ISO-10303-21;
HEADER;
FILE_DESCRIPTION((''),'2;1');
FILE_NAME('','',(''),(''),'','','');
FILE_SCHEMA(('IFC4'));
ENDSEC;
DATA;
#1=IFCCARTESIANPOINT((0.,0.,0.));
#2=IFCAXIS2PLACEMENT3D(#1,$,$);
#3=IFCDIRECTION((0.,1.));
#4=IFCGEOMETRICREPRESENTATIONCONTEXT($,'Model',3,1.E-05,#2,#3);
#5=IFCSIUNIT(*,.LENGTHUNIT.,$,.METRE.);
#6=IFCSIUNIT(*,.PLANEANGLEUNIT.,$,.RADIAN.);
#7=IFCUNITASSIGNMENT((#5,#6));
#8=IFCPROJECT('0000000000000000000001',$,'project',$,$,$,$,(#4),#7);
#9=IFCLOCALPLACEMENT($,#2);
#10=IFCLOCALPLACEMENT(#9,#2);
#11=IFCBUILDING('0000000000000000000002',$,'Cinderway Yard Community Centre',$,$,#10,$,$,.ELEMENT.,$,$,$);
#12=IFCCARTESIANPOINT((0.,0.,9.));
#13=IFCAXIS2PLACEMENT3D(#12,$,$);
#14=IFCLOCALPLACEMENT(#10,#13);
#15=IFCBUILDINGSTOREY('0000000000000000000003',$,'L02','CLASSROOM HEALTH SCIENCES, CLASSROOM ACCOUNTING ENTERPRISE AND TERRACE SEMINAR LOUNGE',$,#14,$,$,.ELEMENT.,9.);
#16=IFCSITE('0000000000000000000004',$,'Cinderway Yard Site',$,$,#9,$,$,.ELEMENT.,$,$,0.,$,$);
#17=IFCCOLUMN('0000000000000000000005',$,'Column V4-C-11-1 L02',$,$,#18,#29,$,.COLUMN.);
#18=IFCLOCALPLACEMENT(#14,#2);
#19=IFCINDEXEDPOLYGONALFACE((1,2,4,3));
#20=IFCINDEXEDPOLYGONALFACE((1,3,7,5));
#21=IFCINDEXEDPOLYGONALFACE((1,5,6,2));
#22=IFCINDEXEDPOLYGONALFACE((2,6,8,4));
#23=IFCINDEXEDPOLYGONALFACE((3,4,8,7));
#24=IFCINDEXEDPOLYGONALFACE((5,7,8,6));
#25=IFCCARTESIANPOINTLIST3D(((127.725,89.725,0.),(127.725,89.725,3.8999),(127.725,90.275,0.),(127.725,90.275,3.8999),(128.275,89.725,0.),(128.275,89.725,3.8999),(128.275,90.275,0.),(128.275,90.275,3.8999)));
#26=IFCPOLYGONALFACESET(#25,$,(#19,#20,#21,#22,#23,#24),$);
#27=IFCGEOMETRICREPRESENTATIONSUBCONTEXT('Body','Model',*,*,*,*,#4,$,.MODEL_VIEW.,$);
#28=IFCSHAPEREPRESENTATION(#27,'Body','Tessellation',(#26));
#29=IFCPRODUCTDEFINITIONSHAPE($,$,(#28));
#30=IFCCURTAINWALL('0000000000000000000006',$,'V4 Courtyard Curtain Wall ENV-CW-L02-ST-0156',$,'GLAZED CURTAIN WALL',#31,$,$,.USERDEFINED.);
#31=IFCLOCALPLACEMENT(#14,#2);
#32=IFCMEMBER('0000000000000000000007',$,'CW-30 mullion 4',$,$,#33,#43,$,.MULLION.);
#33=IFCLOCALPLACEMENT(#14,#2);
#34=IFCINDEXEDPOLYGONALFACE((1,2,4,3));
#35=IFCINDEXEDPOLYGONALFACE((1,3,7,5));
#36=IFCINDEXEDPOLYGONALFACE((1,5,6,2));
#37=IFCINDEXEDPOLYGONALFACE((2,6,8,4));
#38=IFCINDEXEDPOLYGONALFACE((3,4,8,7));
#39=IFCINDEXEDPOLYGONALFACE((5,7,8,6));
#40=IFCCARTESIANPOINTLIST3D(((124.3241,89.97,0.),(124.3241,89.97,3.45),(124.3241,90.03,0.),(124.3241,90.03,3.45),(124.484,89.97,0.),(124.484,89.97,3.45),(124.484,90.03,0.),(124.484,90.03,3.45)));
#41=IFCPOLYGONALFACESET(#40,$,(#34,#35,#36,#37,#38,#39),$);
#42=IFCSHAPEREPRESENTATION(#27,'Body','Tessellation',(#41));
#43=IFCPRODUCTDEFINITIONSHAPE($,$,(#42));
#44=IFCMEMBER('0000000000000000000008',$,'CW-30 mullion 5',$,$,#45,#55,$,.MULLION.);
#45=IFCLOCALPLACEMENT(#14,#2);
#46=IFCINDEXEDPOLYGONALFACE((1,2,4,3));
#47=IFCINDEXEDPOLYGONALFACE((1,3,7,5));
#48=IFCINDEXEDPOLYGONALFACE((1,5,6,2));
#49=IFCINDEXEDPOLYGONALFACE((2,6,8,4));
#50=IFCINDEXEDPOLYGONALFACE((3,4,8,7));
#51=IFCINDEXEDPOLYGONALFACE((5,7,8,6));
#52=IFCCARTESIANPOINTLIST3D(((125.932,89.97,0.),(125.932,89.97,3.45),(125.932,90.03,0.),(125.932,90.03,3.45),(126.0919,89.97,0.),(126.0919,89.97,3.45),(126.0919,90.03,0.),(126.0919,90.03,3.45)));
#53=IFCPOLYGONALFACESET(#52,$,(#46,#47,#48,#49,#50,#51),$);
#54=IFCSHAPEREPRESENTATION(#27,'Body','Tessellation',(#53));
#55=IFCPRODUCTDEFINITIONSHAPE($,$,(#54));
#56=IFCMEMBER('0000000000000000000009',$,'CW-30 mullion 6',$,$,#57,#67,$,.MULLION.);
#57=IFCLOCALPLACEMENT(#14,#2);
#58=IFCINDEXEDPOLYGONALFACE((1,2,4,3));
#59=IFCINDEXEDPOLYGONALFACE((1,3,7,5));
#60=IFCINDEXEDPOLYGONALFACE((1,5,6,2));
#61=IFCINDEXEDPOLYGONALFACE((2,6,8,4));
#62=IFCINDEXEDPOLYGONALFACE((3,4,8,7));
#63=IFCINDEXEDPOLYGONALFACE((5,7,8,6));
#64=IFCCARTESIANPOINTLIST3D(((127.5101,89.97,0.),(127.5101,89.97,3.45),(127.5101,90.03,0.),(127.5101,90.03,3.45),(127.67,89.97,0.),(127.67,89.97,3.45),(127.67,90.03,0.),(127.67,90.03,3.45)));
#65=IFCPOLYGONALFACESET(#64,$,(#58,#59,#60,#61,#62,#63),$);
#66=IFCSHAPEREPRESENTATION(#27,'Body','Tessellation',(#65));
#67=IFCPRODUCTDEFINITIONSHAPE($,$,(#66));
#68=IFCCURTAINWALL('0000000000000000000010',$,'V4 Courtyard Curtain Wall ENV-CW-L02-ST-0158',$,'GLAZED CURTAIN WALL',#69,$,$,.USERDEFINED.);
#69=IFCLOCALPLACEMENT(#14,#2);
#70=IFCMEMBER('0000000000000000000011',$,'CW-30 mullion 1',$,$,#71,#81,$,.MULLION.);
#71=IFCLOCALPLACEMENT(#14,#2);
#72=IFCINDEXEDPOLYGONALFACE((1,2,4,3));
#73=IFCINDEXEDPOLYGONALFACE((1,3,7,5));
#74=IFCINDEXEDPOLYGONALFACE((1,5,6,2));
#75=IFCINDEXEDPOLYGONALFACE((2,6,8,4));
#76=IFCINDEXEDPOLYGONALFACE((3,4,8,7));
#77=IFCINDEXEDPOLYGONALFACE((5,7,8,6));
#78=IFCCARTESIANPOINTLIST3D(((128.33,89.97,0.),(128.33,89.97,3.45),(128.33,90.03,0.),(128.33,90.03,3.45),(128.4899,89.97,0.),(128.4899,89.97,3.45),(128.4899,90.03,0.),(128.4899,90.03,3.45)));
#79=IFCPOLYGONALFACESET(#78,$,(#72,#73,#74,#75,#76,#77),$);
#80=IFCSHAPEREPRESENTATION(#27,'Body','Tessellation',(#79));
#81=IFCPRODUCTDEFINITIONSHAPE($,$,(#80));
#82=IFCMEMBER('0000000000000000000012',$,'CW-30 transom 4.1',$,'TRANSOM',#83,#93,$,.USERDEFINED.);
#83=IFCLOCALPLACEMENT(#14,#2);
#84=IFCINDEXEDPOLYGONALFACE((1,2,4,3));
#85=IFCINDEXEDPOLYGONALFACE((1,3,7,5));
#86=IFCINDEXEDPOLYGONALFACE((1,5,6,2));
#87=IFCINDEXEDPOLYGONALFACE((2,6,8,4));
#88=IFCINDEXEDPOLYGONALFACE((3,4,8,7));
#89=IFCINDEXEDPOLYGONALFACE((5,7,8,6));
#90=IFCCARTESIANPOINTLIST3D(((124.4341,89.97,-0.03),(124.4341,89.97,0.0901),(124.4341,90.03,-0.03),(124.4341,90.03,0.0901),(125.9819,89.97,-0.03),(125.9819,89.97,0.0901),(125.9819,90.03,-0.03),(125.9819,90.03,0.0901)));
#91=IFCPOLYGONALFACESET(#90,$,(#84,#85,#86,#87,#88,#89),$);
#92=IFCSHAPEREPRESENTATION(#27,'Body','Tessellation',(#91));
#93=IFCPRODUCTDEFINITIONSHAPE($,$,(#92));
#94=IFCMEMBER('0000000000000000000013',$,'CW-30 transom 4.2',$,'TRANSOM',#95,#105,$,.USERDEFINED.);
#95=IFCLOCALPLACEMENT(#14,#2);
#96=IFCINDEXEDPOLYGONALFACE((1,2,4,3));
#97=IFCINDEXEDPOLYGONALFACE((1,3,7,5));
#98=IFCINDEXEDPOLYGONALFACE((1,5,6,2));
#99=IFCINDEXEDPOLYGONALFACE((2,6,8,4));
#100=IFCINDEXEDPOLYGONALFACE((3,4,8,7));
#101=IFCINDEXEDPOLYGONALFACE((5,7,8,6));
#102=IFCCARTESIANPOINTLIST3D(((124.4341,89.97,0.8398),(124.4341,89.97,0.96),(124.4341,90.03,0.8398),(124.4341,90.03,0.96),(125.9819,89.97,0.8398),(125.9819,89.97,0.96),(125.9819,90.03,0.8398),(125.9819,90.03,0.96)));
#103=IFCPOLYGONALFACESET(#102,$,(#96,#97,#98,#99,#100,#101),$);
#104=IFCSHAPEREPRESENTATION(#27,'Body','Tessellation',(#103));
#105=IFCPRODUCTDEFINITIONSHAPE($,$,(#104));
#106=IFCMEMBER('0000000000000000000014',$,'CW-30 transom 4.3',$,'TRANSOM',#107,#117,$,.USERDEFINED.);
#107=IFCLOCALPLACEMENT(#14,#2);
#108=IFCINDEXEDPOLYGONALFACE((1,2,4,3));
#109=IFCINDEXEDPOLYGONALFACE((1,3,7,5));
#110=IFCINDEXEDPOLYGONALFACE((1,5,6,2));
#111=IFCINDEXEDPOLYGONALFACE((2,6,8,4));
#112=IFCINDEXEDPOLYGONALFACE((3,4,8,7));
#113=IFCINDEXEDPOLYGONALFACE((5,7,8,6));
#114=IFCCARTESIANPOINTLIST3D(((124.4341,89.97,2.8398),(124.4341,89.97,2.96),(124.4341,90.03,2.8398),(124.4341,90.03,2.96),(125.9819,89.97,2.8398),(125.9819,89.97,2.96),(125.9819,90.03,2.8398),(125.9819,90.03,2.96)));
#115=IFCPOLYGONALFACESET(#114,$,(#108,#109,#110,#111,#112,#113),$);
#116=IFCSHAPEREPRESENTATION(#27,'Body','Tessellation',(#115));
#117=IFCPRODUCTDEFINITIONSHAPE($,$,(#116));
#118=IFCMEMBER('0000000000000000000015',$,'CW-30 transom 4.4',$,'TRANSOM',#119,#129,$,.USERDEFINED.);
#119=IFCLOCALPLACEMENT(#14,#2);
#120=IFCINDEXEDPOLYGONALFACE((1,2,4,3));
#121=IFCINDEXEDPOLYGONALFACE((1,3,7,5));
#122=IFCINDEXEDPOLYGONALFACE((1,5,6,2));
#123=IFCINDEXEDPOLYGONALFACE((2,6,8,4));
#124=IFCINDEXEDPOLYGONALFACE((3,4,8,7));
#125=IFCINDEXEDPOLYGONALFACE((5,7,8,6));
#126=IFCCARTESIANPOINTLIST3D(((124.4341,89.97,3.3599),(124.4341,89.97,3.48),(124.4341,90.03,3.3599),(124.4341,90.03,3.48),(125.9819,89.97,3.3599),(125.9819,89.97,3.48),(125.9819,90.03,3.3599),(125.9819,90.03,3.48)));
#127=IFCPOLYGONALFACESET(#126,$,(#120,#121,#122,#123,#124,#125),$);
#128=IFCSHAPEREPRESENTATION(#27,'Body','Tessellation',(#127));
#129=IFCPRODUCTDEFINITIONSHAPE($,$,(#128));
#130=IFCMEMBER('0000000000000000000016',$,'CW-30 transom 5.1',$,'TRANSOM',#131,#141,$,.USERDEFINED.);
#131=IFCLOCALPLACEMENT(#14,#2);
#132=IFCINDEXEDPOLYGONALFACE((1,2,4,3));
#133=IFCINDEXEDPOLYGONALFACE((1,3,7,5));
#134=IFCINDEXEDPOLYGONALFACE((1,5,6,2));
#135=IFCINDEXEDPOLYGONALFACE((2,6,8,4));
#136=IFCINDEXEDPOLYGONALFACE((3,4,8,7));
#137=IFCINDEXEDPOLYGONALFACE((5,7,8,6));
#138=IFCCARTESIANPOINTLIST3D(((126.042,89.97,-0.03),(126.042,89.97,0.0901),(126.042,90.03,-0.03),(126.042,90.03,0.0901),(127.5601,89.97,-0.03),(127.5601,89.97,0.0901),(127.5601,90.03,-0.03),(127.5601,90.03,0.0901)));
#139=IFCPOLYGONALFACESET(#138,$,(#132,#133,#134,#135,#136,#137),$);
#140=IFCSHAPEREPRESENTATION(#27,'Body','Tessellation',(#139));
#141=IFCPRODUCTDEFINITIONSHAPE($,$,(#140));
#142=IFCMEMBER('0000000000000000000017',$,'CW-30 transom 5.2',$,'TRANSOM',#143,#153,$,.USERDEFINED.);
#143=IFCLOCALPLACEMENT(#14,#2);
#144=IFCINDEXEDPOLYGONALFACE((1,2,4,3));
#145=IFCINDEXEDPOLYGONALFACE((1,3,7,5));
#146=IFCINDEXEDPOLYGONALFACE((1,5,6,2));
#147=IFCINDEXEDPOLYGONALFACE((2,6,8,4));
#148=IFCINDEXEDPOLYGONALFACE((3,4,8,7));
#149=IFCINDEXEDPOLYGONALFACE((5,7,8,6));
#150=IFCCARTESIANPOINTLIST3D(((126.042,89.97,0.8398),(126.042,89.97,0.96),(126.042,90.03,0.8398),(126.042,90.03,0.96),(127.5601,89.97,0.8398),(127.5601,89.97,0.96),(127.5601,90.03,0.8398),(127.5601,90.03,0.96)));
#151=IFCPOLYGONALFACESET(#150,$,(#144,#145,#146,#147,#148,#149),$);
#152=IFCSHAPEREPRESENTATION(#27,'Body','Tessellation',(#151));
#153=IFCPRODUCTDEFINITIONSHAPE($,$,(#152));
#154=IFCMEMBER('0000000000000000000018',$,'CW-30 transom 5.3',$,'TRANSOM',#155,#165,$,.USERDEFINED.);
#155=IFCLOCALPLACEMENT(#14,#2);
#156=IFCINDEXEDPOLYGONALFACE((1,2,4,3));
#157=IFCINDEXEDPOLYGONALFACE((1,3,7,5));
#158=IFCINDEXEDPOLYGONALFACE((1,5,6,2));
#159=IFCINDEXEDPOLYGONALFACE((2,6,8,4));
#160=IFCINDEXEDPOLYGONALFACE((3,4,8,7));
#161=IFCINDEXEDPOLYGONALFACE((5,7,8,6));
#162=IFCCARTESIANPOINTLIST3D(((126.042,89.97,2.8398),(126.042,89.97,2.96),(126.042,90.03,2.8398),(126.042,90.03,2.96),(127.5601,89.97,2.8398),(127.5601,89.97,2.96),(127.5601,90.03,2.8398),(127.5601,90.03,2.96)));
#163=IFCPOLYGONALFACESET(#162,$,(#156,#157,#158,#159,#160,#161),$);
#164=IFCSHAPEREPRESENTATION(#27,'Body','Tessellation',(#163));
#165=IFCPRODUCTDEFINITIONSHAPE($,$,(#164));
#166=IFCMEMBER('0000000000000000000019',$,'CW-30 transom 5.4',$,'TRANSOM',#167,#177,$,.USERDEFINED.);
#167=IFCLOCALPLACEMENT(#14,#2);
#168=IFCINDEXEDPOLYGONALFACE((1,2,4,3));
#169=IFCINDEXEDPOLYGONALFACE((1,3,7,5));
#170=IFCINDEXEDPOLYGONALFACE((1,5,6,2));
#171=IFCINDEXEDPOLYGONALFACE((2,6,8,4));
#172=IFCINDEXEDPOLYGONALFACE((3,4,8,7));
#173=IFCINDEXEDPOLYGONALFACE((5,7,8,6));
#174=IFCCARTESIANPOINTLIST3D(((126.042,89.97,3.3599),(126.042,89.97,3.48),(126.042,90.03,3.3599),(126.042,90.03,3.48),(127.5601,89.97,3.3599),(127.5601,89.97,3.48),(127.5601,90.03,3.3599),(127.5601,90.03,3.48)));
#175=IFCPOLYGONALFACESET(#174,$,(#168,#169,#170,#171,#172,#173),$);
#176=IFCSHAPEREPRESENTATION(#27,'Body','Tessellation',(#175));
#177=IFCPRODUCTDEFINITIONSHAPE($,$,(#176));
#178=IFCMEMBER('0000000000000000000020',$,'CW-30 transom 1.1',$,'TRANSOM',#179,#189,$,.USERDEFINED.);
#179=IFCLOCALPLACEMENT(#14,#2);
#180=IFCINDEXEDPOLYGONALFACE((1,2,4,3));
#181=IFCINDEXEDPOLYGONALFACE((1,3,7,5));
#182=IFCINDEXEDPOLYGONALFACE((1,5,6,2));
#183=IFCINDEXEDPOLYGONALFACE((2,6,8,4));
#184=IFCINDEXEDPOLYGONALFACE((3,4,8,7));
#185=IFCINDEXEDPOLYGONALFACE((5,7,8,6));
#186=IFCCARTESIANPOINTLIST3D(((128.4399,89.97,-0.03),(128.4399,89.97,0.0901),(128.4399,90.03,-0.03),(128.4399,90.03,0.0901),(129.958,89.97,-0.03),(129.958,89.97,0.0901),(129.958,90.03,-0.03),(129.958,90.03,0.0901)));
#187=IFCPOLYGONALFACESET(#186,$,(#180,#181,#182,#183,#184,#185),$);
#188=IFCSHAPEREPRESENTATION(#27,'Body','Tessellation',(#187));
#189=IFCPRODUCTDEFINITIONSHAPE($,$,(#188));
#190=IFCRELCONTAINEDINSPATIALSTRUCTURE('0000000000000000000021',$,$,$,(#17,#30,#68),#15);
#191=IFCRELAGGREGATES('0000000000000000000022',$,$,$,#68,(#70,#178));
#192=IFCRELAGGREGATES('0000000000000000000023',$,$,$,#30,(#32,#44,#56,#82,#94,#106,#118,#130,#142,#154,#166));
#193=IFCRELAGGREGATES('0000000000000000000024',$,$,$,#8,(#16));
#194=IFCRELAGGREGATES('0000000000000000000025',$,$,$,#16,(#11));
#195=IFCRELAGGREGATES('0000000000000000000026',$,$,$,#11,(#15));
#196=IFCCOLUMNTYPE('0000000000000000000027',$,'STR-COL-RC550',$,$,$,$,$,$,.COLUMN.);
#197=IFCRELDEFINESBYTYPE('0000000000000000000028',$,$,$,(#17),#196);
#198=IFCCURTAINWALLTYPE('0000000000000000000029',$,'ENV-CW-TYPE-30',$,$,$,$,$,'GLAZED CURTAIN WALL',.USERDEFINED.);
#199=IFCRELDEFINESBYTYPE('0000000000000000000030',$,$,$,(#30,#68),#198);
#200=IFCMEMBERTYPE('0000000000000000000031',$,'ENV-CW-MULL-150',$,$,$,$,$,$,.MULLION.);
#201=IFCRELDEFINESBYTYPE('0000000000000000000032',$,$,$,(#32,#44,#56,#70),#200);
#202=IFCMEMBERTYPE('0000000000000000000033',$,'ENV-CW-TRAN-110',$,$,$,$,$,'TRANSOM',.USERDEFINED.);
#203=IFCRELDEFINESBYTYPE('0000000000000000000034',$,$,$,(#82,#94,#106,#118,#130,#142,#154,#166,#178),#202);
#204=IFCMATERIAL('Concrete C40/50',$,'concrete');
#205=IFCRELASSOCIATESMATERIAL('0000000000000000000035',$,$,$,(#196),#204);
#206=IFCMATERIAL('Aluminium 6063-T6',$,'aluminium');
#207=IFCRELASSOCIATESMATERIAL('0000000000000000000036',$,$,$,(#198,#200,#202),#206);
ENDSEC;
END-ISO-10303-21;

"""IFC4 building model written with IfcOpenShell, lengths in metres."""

from ifc_helpers import new_model, si_unit, direction, frame, origin, origin_2d, place, context, subcontext, project, spatial, rectangle, extrude, material, material_profile, profile_set, type_object, element, aggregate, save


model = new_model("IFC4")

# Units and contexts
model_context = context("Model", 3, precision=1e-05, world=origin(), true_north=direction((0.0, 1.0)))
body_context = subcontext(model_context, "Body", "Model", "MODEL_VIEW")
ifc_project = project(units=[si_unit("LENGTHUNIT", "METRE"), si_unit("PLANEANGLEUNIT", "RADIAN")], contexts=[model_context])

# Site, building, storey
site_placement = place(None, origin())
site = spatial("IfcSite", under=ifc_project, at=site_placement, Name="Cinderway Yard Site", CompositionType="ELEMENT", RefElevation=0.0)
building_placement = place(site_placement, origin())
building = spatial("IfcBuilding", under=site, at=building_placement, Name="Cinderway Yard Community Centre", CompositionType="ELEMENT")
storey_placement = place(building_placement, frame((0.0, 0.0, 9.0)))
storey = spatial("IfcBuildingStorey", under=building, at=storey_placement, Name="L02", Description="CLASSROOM HEALTH SCIENCES, CLASSROOM ACCOUNTING ENTERPRISE AND TERRACE SEMINAR LOUNGE", CompositionType="ELEMENT", Elevation=9.0)

# Column
ifc_material_1 = material(Name="Concrete C40/50", Category="concrete")
ifc_material_profile_1 = material_profile(ifc_material_1, rectangle(XDim=0.55, YDim=0.55, at=origin_2d()), Name="Concrete C40/50")
ifc_profile_set_1 = profile_set([ifc_material_profile_1], Name="Concrete C40/50")
column_type = type_object("IfcColumnType", Name="STR-COL-RC550", PredefinedType="COLUMN", material=ifc_profile_set_1)
column_placement = place(storey_placement, frame((128.0, 90.0, 0.0), z_axis=(0.0, 0.0, 1.0), x_axis=(1.0, 0.0, 0.0)))
element("IfcColumn", 1, at=column_placement, inside=storey, type_object=column_type, Name="Column V4-C-11-1 L02", PredefinedType="COLUMN", context=body_context, shape_type="SweptSolid", body=[
    extrude(rectangle(XDim=0.55, YDim=0.55, at=origin_2d()), origin(), (0.0, 0.0, 1.0), 3.8999),
])

# Curtain wall, members
ifc_material_2 = material(Name="Aluminium 6063-T6", Category="aluminium")
curtain_wall_type = type_object("IfcCurtainWallType", Name="ENV-CW-TYPE-30", ElementType="GLAZED CURTAIN WALL", PredefinedType="USERDEFINED", material=ifc_material_2)
curtain_wall_1_placement = place(storey_placement, origin())
curtain_wall_1 = element("IfcCurtainWall", 2, at=curtain_wall_1_placement, inside=storey, type_object=curtain_wall_type, Name="V4 Courtyard Curtain Wall ENV-CW-L02-ST-0156", ObjectType="GLAZED CURTAIN WALL", PredefinedType="USERDEFINED")
ifc_material_profile_2 = material_profile(ifc_material_2, rectangle(XDim=0.0601, YDim=0.1599, at=origin_2d()), Name="Aluminium 6063-T6")
ifc_profile_set_2 = profile_set([ifc_material_profile_2], Name="Aluminium 6063-T6")
member_type_1 = type_object("IfcMemberType", Name="ENV-CW-MULL-150", PredefinedType="MULLION", material=ifc_profile_set_2)
member_1_placement = place(storey_placement, frame((124.4041, 90.0, 0.0), z_axis=(0.0, 0.0, 1.0), x_axis=(0.0, 1.0, 0.0)))
member_1 = element("IfcMember", 3, at=member_1_placement, type_object=member_type_1, Name="CW-30 mullion 4", PredefinedType="MULLION", context=body_context, shape_type="SweptSolid", body=[
    extrude(rectangle(XDim=0.0601, YDim=0.1599, at=origin_2d()), origin(), (0.0, 0.0, 1.0), 3.45),
])
member_2_placement = place(storey_placement, frame((126.012, 90.0, 0.0), z_axis=(0.0, 0.0, 1.0), x_axis=(0.0, 1.0, 0.0)))
member_2 = element("IfcMember", 4, at=member_2_placement, type_object=member_type_1, Name="CW-30 mullion 5", PredefinedType="MULLION", context=body_context, shape_type="SweptSolid", body=[
    extrude(rectangle(XDim=0.0601, YDim=0.1599, at=origin_2d()), origin(), (0.0, 0.0, 1.0), 3.45),
])
member_3_placement = place(storey_placement, frame((127.5901, 90.0, 0.0), z_axis=(0.0, 0.0, 1.0), x_axis=(0.0, 1.0, 0.0)))
member_3 = element("IfcMember", 5, at=member_3_placement, type_object=member_type_1, Name="CW-30 mullion 6", PredefinedType="MULLION", context=body_context, shape_type="SweptSolid", body=[
    extrude(rectangle(XDim=0.0601, YDim=0.1599, at=origin_2d()), origin(), (0.0, 0.0, 1.0), 3.45),
])

# Curtain wall, member
curtain_wall_2_placement = place(storey_placement, origin())
curtain_wall_2 = element("IfcCurtainWall", 6, at=curtain_wall_2_placement, inside=storey, type_object=curtain_wall_type, Name="V4 Courtyard Curtain Wall ENV-CW-L02-ST-0158", ObjectType="GLAZED CURTAIN WALL", PredefinedType="USERDEFINED")
member_4_placement = place(storey_placement, frame((128.4099, 90.0, 0.0), z_axis=(0.0, 0.0, 1.0), x_axis=(0.0, 1.0, 0.0)))
member_4 = element("IfcMember", 7, at=member_4_placement, type_object=member_type_1, Name="CW-30 mullion 1", PredefinedType="MULLION", context=body_context, shape_type="SweptSolid", body=[
    extrude(rectangle(XDim=0.0601, YDim=0.1599, at=origin_2d()), origin(), (0.0, 0.0, 1.0), 3.45),
])

# Members
ifc_material_profile_3 = material_profile(ifc_material_2, rectangle(XDim=0.0601, YDim=0.1201, at=origin_2d()), Name="Aluminium 6063-T6")
ifc_profile_set_3 = profile_set([ifc_material_profile_3], Name="Aluminium 6063-T6")
member_type_2 = type_object("IfcMemberType", Name="ENV-CW-TRAN-110", ElementType="TRANSOM", PredefinedType="USERDEFINED", material=ifc_profile_set_3)
member_5_placement = place(storey_placement, frame((124.4341, 90.0, 0.03), z_axis=(1.0, 0.0, 0.0), x_axis=(0.0, 1.0, 0.0)))
member_5 = element("IfcMember", 8, at=member_5_placement, type_object=member_type_2, Name="CW-30 transom 4.1", ObjectType="TRANSOM", PredefinedType="USERDEFINED", context=body_context, shape_type="SweptSolid", body=[
    extrude(rectangle(XDim=0.0601, YDim=0.1201, at=origin_2d()), origin(), (0.0, 0.0, 1.0), 1.5479),
])
member_6_placement = place(storey_placement, frame((124.4341, 90.0, 0.8999), z_axis=(1.0, 0.0, 0.0), x_axis=(0.0, 1.0, 0.0)))
member_6 = element("IfcMember", 9, at=member_6_placement, type_object=member_type_2, Name="CW-30 transom 4.2", ObjectType="TRANSOM", PredefinedType="USERDEFINED", context=body_context, shape_type="SweptSolid", body=[
    extrude(rectangle(XDim=0.0601, YDim=0.1201, at=origin_2d()), origin(), (0.0, 0.0, 1.0), 1.5479),
])
member_7_placement = place(storey_placement, frame((124.4341, 90.0, 2.8999), z_axis=(1.0, 0.0, 0.0), x_axis=(0.0, 1.0, 0.0)))
member_7 = element("IfcMember", 10, at=member_7_placement, type_object=member_type_2, Name="CW-30 transom 4.3", ObjectType="TRANSOM", PredefinedType="USERDEFINED", context=body_context, shape_type="SweptSolid", body=[
    extrude(rectangle(XDim=0.0601, YDim=0.1201, at=origin_2d()), origin(), (0.0, 0.0, 1.0), 1.5479),
])
member_8_placement = place(storey_placement, frame((124.4341, 90.0, 3.4199), z_axis=(1.0, 0.0, 0.0), x_axis=(0.0, 1.0, 0.0)))
member_8 = element("IfcMember", 11, at=member_8_placement, type_object=member_type_2, Name="CW-30 transom 4.4", ObjectType="TRANSOM", PredefinedType="USERDEFINED", context=body_context, shape_type="SweptSolid", body=[
    extrude(rectangle(XDim=0.0601, YDim=0.1201, at=origin_2d()), origin(), (0.0, 0.0, 1.0), 1.5479),
])
member_9_placement = place(storey_placement, frame((126.042, 90.0, 0.03), z_axis=(1.0, 0.0, 0.0), x_axis=(0.0, 1.0, 0.0)))
member_9 = element("IfcMember", 12, at=member_9_placement, type_object=member_type_2, Name="CW-30 transom 5.1", ObjectType="TRANSOM", PredefinedType="USERDEFINED", context=body_context, shape_type="SweptSolid", body=[
    extrude(rectangle(XDim=0.0601, YDim=0.1201, at=origin_2d()), origin(), (0.0, 0.0, 1.0), 1.5181),
])
member_10_placement = place(storey_placement, frame((126.042, 90.0, 0.8999), z_axis=(1.0, 0.0, 0.0), x_axis=(0.0, 1.0, 0.0)))
member_10 = element("IfcMember", 13, at=member_10_placement, type_object=member_type_2, Name="CW-30 transom 5.2", ObjectType="TRANSOM", PredefinedType="USERDEFINED", context=body_context, shape_type="SweptSolid", body=[
    extrude(rectangle(XDim=0.0601, YDim=0.1201, at=origin_2d()), origin(), (0.0, 0.0, 1.0), 1.5181),
])
member_11_placement = place(storey_placement, frame((126.042, 90.0, 2.8999), z_axis=(1.0, 0.0, 0.0), x_axis=(0.0, 1.0, 0.0)))
member_11 = element("IfcMember", 14, at=member_11_placement, type_object=member_type_2, Name="CW-30 transom 5.3", ObjectType="TRANSOM", PredefinedType="USERDEFINED", context=body_context, shape_type="SweptSolid", body=[
    extrude(rectangle(XDim=0.0601, YDim=0.1201, at=origin_2d()), origin(), (0.0, 0.0, 1.0), 1.5181),
])
member_12_placement = place(storey_placement, frame((126.042, 90.0, 3.4199), z_axis=(1.0, 0.0, 0.0), x_axis=(0.0, 1.0, 0.0)))
member_12 = element("IfcMember", 15, at=member_12_placement, type_object=member_type_2, Name="CW-30 transom 5.4", ObjectType="TRANSOM", PredefinedType="USERDEFINED", context=body_context, shape_type="SweptSolid", body=[
    extrude(rectangle(XDim=0.0601, YDim=0.1201, at=origin_2d()), origin(), (0.0, 0.0, 1.0), 1.5181),
])
member_13_placement = place(storey_placement, frame((128.4399, 90.0, 0.03), z_axis=(1.0, 0.0, 0.0), x_axis=(0.0, 1.0, 0.0)))
member_13 = element("IfcMember", 16, at=member_13_placement, type_object=member_type_2, Name="CW-30 transom 1.1", ObjectType="TRANSOM", PredefinedType="USERDEFINED", context=body_context, shape_type="SweptSolid", body=[
    extrude(rectangle(XDim=0.0601, YDim=0.1201, at=origin_2d()), origin(), (0.0, 0.0, 1.0), 1.5181),
])
aggregate(curtain_wall_2, [member_4, member_13])

aggregate(curtain_wall_1, [member_1, member_2, member_3, member_5, member_6, member_7, member_8, member_9, member_10, member_11, member_12])

save(model, "model.ifc")
